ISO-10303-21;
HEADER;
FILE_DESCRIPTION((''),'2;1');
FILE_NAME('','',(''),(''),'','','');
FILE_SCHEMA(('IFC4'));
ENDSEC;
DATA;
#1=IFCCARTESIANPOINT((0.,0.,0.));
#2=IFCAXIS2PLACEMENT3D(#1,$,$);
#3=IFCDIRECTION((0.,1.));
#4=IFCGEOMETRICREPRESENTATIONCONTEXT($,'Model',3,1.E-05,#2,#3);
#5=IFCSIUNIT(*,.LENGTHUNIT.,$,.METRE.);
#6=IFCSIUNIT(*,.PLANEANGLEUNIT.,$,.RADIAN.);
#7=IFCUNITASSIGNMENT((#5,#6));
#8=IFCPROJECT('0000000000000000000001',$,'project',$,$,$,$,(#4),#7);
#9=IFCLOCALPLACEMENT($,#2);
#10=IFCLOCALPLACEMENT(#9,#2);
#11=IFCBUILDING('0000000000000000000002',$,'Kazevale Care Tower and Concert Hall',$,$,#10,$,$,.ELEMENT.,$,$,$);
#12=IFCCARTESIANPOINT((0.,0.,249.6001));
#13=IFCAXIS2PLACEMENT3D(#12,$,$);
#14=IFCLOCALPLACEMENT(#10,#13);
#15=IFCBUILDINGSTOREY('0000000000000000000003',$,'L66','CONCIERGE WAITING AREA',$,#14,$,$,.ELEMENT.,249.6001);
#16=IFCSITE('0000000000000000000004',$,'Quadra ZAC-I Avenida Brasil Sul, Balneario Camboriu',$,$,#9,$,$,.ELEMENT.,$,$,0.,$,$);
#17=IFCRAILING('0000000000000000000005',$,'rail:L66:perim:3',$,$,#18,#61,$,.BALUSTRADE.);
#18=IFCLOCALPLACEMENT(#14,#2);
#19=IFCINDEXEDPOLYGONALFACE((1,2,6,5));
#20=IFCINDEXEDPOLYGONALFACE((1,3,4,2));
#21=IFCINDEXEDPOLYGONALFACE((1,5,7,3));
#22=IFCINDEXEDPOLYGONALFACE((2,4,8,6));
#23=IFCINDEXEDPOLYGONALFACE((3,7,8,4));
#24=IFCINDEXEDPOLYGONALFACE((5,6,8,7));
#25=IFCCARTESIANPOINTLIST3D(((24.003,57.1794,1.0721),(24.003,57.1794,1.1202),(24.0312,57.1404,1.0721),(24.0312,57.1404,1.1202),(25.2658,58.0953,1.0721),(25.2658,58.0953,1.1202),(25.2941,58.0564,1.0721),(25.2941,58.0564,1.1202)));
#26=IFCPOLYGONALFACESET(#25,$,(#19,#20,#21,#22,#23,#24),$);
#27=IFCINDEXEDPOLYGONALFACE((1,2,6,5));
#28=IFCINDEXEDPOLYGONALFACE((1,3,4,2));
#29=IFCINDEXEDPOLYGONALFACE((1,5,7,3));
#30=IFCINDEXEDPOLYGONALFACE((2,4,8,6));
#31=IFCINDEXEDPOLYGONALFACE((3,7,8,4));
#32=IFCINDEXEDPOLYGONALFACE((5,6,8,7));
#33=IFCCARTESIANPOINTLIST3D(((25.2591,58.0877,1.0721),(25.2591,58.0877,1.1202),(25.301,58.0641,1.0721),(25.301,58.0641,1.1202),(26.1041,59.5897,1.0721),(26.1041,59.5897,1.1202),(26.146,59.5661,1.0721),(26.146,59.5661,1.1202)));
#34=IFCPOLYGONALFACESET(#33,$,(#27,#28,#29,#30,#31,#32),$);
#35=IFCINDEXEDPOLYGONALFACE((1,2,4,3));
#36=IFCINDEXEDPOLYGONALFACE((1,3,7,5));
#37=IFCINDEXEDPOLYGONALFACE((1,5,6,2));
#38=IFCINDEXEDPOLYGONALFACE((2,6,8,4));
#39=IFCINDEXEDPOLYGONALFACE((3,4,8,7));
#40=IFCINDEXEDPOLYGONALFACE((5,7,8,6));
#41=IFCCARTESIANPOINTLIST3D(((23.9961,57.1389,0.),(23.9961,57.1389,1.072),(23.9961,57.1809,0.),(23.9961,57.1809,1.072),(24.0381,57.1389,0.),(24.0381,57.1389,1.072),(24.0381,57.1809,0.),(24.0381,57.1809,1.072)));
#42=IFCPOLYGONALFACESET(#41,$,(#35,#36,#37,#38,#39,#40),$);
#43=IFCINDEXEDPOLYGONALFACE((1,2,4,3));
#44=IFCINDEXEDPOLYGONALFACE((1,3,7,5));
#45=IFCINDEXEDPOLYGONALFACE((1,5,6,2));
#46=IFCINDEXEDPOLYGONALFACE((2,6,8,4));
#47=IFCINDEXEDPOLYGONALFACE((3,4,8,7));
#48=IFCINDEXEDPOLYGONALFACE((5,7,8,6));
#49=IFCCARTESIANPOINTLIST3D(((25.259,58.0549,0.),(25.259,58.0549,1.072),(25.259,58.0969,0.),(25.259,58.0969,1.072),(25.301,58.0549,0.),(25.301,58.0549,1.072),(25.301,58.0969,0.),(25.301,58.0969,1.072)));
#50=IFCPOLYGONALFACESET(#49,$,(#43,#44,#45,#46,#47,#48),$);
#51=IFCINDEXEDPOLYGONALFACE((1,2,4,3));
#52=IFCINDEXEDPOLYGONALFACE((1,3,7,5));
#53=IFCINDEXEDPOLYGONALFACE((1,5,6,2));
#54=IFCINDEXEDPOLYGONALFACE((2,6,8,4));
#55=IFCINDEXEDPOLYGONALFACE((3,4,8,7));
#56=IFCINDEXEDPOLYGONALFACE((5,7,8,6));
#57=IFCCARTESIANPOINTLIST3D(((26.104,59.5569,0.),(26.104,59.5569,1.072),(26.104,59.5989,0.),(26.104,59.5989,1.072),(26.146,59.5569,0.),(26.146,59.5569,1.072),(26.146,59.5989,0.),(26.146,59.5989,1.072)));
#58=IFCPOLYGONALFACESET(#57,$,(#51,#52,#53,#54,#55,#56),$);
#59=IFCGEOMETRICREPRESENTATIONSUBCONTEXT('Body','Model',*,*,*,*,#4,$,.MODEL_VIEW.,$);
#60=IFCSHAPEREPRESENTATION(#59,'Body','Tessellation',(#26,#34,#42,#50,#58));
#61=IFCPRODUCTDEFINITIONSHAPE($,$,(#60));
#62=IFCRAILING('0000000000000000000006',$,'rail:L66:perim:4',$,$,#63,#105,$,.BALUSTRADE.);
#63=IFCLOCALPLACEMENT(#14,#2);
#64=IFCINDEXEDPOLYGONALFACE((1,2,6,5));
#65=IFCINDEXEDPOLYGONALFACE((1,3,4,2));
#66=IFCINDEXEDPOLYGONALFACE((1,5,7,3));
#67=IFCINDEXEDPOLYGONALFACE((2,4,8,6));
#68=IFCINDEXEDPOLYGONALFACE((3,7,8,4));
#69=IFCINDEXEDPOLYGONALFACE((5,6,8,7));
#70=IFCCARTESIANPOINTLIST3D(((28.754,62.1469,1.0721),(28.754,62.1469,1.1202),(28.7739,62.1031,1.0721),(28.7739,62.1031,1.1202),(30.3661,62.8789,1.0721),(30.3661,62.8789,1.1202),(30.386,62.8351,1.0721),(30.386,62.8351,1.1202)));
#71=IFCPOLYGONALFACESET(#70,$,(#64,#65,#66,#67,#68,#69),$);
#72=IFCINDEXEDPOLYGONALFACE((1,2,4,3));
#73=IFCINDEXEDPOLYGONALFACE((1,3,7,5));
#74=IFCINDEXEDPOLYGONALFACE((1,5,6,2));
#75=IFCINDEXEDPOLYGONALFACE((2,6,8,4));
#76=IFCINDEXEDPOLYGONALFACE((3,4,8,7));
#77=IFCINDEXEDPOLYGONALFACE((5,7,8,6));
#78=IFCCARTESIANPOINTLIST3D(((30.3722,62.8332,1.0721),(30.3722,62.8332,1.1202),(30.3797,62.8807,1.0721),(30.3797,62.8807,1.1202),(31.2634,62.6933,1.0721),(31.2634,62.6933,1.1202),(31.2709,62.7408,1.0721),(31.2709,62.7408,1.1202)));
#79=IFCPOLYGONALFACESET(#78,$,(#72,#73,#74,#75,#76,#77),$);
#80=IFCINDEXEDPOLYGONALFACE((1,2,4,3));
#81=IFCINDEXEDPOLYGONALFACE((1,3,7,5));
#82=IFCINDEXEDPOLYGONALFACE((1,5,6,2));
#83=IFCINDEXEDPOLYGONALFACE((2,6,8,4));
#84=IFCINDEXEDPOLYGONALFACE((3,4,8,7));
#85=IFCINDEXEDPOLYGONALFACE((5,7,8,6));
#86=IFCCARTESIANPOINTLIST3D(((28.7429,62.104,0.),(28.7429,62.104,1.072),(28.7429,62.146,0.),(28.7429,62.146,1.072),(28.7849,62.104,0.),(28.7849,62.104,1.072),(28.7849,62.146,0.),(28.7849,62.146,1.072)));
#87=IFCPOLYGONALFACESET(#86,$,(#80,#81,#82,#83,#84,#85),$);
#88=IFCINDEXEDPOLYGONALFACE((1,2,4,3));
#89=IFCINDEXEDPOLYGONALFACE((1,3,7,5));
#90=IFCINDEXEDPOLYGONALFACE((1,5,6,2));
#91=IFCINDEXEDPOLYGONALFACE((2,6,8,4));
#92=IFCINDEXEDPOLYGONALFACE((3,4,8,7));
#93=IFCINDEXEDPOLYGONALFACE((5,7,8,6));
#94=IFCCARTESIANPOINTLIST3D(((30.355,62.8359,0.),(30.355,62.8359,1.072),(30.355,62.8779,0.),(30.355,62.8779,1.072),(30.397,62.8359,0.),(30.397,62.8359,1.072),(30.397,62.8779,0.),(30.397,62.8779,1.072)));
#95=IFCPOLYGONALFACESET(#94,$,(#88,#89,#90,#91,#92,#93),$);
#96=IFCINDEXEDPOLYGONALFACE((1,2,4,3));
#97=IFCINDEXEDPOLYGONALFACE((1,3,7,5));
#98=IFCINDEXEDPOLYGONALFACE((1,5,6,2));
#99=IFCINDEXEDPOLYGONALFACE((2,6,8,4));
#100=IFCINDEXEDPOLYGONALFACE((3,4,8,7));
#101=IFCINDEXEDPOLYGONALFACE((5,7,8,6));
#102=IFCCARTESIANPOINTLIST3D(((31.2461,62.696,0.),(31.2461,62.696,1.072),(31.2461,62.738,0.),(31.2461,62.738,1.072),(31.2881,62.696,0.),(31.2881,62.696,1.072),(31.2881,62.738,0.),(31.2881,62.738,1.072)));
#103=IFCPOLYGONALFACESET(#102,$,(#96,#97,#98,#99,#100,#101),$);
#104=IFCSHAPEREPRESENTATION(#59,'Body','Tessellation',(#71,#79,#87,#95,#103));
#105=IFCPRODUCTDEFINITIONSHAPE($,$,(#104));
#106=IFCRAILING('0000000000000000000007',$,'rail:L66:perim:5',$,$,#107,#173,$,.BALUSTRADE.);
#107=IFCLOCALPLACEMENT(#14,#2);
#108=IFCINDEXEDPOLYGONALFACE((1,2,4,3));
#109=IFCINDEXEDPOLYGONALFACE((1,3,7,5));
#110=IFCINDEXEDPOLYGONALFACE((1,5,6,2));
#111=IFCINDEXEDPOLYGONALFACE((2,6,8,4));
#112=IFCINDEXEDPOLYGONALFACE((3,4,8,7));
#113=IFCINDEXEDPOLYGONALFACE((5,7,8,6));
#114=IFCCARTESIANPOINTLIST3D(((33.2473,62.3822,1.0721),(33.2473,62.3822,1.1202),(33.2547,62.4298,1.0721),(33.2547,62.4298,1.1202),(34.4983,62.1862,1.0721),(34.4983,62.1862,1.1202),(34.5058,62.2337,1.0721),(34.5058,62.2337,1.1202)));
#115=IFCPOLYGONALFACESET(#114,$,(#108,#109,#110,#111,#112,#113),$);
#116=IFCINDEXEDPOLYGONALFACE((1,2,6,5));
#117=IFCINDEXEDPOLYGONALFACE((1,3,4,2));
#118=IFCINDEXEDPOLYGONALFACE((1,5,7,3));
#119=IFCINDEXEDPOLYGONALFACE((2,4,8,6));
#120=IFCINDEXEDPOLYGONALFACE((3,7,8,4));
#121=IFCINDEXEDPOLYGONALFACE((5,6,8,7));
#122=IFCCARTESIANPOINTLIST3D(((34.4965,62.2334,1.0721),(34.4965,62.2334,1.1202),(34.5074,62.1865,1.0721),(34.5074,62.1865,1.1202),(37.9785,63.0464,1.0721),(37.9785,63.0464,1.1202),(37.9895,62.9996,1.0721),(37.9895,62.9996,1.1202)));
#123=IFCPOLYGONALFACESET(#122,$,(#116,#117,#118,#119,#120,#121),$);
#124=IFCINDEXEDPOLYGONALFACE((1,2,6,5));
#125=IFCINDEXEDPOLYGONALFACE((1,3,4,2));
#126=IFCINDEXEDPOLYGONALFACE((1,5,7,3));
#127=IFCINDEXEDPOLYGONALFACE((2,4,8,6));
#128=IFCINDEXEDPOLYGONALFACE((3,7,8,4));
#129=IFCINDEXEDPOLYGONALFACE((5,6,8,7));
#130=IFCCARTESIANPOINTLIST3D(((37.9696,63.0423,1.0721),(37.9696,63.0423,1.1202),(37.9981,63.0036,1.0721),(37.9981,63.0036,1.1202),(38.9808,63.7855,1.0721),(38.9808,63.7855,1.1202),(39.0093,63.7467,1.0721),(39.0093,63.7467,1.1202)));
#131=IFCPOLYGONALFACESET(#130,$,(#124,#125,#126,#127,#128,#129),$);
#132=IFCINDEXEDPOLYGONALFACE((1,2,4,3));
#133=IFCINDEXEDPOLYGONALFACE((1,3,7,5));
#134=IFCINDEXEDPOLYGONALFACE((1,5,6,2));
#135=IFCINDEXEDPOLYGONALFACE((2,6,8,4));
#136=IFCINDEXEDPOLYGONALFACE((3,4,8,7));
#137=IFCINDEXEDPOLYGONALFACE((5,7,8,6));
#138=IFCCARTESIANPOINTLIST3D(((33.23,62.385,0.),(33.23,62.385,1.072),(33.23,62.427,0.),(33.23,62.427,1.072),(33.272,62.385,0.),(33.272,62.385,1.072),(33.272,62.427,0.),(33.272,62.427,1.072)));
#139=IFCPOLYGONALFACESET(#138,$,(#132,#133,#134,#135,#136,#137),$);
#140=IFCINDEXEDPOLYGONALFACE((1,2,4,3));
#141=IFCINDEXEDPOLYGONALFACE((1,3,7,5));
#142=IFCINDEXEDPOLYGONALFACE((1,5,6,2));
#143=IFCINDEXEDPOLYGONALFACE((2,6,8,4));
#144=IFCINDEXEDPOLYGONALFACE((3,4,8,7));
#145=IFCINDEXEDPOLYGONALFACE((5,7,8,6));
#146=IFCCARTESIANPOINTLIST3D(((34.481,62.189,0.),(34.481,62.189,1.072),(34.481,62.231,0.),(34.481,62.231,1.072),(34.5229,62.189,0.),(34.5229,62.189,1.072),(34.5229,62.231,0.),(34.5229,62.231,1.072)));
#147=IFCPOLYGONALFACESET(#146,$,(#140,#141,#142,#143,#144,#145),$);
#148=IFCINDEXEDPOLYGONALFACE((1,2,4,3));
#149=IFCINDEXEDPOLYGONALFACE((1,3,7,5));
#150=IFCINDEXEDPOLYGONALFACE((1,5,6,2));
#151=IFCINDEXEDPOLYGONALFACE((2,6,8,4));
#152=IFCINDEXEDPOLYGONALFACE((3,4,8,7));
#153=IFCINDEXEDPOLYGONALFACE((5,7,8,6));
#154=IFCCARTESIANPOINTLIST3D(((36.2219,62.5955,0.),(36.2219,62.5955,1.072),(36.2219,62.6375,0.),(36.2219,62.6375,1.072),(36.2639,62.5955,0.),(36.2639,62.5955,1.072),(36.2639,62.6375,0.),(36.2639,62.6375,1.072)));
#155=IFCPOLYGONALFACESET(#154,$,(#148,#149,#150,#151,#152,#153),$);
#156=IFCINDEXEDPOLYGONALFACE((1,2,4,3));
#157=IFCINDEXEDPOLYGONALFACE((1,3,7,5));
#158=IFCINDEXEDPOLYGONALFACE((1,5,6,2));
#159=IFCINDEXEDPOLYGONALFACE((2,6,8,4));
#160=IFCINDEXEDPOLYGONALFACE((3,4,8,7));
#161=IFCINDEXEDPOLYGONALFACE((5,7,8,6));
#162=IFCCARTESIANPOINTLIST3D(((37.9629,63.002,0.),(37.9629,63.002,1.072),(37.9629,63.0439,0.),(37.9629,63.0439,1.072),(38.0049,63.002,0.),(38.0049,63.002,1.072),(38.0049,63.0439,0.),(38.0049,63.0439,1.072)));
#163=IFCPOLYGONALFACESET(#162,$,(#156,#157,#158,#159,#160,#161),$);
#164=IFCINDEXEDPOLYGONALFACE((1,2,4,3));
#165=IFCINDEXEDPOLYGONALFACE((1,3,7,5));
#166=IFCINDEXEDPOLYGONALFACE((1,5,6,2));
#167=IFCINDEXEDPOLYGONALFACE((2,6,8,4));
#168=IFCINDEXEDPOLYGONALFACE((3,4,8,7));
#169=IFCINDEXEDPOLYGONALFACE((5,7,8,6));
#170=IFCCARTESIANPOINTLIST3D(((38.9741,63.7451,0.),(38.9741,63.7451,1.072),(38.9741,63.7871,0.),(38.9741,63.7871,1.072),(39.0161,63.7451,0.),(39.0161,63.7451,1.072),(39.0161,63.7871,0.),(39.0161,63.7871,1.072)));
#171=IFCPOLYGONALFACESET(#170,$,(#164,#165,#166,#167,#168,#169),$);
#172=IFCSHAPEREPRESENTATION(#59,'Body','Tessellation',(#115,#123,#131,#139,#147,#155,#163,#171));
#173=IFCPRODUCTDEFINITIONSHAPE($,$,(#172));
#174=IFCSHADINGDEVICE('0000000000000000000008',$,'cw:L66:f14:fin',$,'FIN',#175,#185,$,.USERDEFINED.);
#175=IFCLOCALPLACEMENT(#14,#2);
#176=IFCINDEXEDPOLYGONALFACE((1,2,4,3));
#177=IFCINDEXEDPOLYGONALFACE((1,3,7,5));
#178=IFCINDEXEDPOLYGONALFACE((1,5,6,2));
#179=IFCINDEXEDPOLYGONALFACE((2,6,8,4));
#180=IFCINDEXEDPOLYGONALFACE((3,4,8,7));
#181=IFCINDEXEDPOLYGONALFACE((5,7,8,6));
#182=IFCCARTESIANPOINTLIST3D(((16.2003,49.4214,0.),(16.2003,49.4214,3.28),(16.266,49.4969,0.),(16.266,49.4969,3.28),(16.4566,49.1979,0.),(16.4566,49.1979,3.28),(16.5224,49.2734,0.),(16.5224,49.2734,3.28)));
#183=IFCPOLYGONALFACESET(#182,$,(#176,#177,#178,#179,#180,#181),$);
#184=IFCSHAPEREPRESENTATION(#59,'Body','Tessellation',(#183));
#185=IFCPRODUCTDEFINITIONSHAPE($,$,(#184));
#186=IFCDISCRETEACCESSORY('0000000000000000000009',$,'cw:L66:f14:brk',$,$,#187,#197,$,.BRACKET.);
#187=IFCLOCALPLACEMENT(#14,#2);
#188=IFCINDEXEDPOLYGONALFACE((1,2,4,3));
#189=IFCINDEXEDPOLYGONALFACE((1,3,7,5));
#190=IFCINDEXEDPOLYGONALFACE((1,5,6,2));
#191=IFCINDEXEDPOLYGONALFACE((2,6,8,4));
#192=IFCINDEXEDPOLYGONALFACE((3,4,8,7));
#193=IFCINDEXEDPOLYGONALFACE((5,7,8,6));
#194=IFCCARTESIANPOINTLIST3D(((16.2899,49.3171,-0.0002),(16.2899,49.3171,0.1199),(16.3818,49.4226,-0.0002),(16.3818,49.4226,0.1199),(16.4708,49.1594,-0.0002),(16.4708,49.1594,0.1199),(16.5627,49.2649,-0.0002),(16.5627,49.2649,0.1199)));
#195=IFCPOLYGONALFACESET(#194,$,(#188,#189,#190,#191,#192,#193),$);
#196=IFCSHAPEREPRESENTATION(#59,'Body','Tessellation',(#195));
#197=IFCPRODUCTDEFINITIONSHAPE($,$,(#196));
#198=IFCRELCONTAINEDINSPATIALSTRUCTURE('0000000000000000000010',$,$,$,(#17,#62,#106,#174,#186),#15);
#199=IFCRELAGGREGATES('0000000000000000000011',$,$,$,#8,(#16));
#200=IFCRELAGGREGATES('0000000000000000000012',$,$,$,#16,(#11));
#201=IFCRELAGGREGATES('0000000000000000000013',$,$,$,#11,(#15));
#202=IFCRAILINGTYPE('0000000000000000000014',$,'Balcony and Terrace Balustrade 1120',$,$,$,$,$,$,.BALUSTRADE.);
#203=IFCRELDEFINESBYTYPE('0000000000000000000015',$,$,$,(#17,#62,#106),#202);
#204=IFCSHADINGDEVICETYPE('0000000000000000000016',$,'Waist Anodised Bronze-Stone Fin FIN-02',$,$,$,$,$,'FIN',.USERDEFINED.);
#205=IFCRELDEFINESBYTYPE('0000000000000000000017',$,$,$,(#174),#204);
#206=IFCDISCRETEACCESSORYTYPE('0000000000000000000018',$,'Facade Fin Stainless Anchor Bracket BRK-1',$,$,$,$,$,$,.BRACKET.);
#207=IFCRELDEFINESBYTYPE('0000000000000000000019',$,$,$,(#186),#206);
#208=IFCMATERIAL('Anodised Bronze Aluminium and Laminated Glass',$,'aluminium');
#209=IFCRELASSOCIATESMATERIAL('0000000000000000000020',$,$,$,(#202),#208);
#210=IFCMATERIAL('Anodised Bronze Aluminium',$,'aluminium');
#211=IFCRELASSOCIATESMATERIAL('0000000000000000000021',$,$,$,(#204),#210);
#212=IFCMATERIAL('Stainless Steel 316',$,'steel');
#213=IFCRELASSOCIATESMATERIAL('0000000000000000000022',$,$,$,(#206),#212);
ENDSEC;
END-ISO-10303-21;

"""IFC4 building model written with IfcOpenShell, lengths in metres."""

from ifc_helpers import new_model, si_unit, direction, frame, origin, origin_2d, place, context, subcontext, project, spatial, rectangle, extrude, material, type_object, element, save


model = new_model("IFC4")

# Units and contexts
model_context = context("Model", 3, precision=1e-05, world=origin(), true_north=direction((0.0, 1.0)))
body_context = subcontext(model_context, "Body", "Model", "MODEL_VIEW")
ifc_project = project(units=[si_unit("LENGTHUNIT", "METRE"), si_unit("PLANEANGLEUNIT", "RADIAN")], contexts=[model_context])

# Site, building, storey
site_placement = place(None, origin())
site = spatial("IfcSite", under=ifc_project, at=site_placement, Name="Quadra ZAC-I Avenida Brasil Sul, Balneario Camboriu", CompositionType="ELEMENT", RefElevation=0.0)
building_placement = place(site_placement, origin())
building = spatial("IfcBuilding", under=site, at=building_placement, Name="Kazevale Care Tower and Concert Hall", CompositionType="ELEMENT")
storey_placement = place(building_placement, frame((0.0, 0.0, 249.6001)))
storey = spatial("IfcBuildingStorey", under=building, at=storey_placement, Name="L66", Description="CONCIERGE WAITING AREA", CompositionType="ELEMENT", Elevation=249.6001)

# Railings
ifc_material_1 = material(Name="Anodised Bronze Aluminium and Laminated Glass", Category="aluminium")
railing_type = type_object("IfcRailingType", Name="Balcony and Terrace Balustrade 1120", PredefinedType="BALUSTRADE", material=ifc_material_1)
railing_1_placement = place(storey_placement, frame((24.0171, 57.1599, 0.0)))
element("IfcRailing", 1, at=railing_1_placement, inside=storey, type_object=railing_type, Name="rail:L66:perim:3", PredefinedType="BALUSTRADE", context=body_context, shape_type="SweptSolid", body=[
    extrude(rectangle(XDim=0.0481, YDim=0.0481, at=origin_2d()), frame((0.0, 0.0, 1.0962), z_axis=(0.809493, 0.587129, 0.0), x_axis=(-0.587129, 0.809493, 0.0)), (0.0, 0.0, 1.0), 1.5601),
    extrude(rectangle(XDim=0.0481, YDim=0.0481, at=origin_2d()), frame((1.2629, 0.916, 1.0962), z_axis=(0.490315, 0.871545, 0.0), x_axis=(-0.871545, 0.490315, 0.0)), (0.0, 0.0, 1.0), 1.7234),
    extrude(rectangle(XDim=0.042, YDim=0.042, at=origin_2d()), origin(), (0.0, 0.0, 1.0), 1.072),
    extrude(rectangle(XDim=0.042, YDim=0.042, at=origin_2d()), frame((1.2629, 0.916, 0.0)), (0.0, 0.0, 1.0), 1.072),
    extrude(rectangle(XDim=0.042, YDim=0.042, at=origin_2d()), frame((2.1079, 2.418, 0.0)), (0.0, 0.0, 1.0), 1.072),
])
railing_2_placement = place(storey_placement, frame((28.7639, 62.125, 0.0)))
element("IfcRailing", 2, at=railing_2_placement, inside=storey, type_object=railing_type, Name="rail:L66:perim:4", PredefinedType="BALUSTRADE", context=body_context, shape_type="SweptSolid", body=[
    extrude(rectangle(XDim=0.0481, YDim=0.0481, at=origin_2d()), frame((0.0, 0.0, 1.0962), z_axis=(0.910541, 0.413418, 0.0), x_axis=(-0.413418, 0.910541, 0.0)), (0.0, 0.0, 1.0), 1.7705),
    extrude(rectangle(XDim=0.0481, YDim=0.0481, at=origin_2d()), frame((1.6121, 0.7319, 1.0962), z_axis=(0.987901, -0.155087, 0.0), x_axis=(0.155087, 0.987901, 0.0)), (0.0, 0.0, 1.0), 0.9021),
    extrude(rectangle(XDim=0.042, YDim=0.042, at=origin_2d()), origin(), (0.0, 0.0, 1.0), 1.072),
    extrude(rectangle(XDim=0.042, YDim=0.042, at=origin_2d()), frame((1.6121, 0.7319, 0.0)), (0.0, 0.0, 1.0), 1.072),
    extrude(rectangle(XDim=0.042, YDim=0.042, at=origin_2d()), frame((2.5032, 0.592, 0.0)), (0.0, 0.0, 1.0), 1.072),
])
railing_3_placement = place(storey_placement, frame((33.251, 62.406, 0.0)))
element("IfcRailing", 3, at=railing_3_placement, inside=storey, type_object=railing_type, Name="rail:L66:perim:5", PredefinedType="BALUSTRADE", context=body_context, shape_type="SweptSolid", body=[
    extrude(rectangle(XDim=0.0481, YDim=0.0481, at=origin_2d()), frame((0.0, 0.0, 1.0962), z_axis=(0.987942, -0.154824, 0.0), x_axis=(0.154824, 0.987942, 0.0)), (0.0, 0.0, 1.0), 1.2664),
    extrude(rectangle(XDim=0.0481, YDim=0.0481, at=origin_2d()), frame((1.251, -0.196, 1.0962), z_axis=(0.973808, 0.227372, 0.0), x_axis=(-0.227372, 0.973808, 0.0)), (0.0, 0.0, 1.0), 3.5757),
    extrude(rectangle(XDim=0.0481, YDim=0.0481, at=origin_2d()), frame((4.7329, 0.6169, 1.0962), z_axis=(0.805798, 0.59219, 0.0), x_axis=(-0.59219, 0.805798, 0.0)), (0.0, 0.0, 1.0), 1.2549),
    extrude(rectangle(XDim=0.042, YDim=0.042, at=origin_2d()), origin(), (0.0, 0.0, 1.0), 1.072),
    extrude(rectangle(XDim=0.042, YDim=0.042, at=origin_2d()), frame((1.251, -0.196, 0.0)), (0.0, 0.0, 1.0), 1.072),
    extrude(rectangle(XDim=0.042, YDim=0.042, at=origin_2d()), frame((2.9919, 0.2104, 0.0)), (0.0, 0.0, 1.0), 1.072),
    extrude(rectangle(XDim=0.042, YDim=0.042, at=origin_2d()), frame((4.7329, 0.6169, 0.0)), (0.0, 0.0, 1.0), 1.072),
    extrude(rectangle(XDim=0.042, YDim=0.042, at=origin_2d()), frame((5.7441, 1.3601, 0.0)), (0.0, 0.0, 1.0), 1.072),
])

# Shading device
ifc_material_2 = material(Name="Anodised Bronze Aluminium", Category="aluminium")
shading_device_type = type_object("IfcShadingDeviceType", Name="Waist Anodised Bronze-Stone Fin FIN-02", ElementType="FIN", PredefinedType="USERDEFINED", material=ifc_material_2)
shading_device_placement = place(storey_placement, frame((16.3613, 49.3474, 0.0), z_axis=(0.0, 0.0, 1.0), x_axis=(-0.753793, 0.657112, 0.0)))
element("IfcShadingDevice", 4, at=shading_device_placement, inside=storey, type_object=shading_device_type, Name="cw:L66:f14:fin", ObjectType="FIN", PredefinedType="USERDEFINED", context=body_context, shape_type="SweptSolid", body=[
    extrude(rectangle(XDim=0.3401, YDim=0.1001, at=origin_2d()), origin(), (0.0, 0.0, 1.0), 3.28),
])

# Discrete accessory
ifc_material_3 = material(Name="Stainless Steel 316", Category="steel")
discrete_accessory_type = type_object("IfcDiscreteAccessoryType", Name="Facade Fin Stainless Anchor Bracket BRK-1", PredefinedType="BRACKET", material=ifc_material_3)
discrete_accessory_placement = place(storey_placement, frame((16.4263, 49.291, -0.0002), z_axis=(0.0, 0.0, 1.0), x_axis=(-0.753793, 0.657112, 0.0)))
element("IfcDiscreteAccessory", 5, at=discrete_accessory_placement, inside=storey, type_object=discrete_accessory_type, Name="cw:L66:f14:brk", PredefinedType="BRACKET", context=body_context, shape_type="SweptSolid", body=[
    extrude(rectangle(XDim=0.24, YDim=0.1399, at=origin_2d()), origin(), (0.0, 0.0, 1.0), 0.1201),
])

save(model, "model.ifc")
